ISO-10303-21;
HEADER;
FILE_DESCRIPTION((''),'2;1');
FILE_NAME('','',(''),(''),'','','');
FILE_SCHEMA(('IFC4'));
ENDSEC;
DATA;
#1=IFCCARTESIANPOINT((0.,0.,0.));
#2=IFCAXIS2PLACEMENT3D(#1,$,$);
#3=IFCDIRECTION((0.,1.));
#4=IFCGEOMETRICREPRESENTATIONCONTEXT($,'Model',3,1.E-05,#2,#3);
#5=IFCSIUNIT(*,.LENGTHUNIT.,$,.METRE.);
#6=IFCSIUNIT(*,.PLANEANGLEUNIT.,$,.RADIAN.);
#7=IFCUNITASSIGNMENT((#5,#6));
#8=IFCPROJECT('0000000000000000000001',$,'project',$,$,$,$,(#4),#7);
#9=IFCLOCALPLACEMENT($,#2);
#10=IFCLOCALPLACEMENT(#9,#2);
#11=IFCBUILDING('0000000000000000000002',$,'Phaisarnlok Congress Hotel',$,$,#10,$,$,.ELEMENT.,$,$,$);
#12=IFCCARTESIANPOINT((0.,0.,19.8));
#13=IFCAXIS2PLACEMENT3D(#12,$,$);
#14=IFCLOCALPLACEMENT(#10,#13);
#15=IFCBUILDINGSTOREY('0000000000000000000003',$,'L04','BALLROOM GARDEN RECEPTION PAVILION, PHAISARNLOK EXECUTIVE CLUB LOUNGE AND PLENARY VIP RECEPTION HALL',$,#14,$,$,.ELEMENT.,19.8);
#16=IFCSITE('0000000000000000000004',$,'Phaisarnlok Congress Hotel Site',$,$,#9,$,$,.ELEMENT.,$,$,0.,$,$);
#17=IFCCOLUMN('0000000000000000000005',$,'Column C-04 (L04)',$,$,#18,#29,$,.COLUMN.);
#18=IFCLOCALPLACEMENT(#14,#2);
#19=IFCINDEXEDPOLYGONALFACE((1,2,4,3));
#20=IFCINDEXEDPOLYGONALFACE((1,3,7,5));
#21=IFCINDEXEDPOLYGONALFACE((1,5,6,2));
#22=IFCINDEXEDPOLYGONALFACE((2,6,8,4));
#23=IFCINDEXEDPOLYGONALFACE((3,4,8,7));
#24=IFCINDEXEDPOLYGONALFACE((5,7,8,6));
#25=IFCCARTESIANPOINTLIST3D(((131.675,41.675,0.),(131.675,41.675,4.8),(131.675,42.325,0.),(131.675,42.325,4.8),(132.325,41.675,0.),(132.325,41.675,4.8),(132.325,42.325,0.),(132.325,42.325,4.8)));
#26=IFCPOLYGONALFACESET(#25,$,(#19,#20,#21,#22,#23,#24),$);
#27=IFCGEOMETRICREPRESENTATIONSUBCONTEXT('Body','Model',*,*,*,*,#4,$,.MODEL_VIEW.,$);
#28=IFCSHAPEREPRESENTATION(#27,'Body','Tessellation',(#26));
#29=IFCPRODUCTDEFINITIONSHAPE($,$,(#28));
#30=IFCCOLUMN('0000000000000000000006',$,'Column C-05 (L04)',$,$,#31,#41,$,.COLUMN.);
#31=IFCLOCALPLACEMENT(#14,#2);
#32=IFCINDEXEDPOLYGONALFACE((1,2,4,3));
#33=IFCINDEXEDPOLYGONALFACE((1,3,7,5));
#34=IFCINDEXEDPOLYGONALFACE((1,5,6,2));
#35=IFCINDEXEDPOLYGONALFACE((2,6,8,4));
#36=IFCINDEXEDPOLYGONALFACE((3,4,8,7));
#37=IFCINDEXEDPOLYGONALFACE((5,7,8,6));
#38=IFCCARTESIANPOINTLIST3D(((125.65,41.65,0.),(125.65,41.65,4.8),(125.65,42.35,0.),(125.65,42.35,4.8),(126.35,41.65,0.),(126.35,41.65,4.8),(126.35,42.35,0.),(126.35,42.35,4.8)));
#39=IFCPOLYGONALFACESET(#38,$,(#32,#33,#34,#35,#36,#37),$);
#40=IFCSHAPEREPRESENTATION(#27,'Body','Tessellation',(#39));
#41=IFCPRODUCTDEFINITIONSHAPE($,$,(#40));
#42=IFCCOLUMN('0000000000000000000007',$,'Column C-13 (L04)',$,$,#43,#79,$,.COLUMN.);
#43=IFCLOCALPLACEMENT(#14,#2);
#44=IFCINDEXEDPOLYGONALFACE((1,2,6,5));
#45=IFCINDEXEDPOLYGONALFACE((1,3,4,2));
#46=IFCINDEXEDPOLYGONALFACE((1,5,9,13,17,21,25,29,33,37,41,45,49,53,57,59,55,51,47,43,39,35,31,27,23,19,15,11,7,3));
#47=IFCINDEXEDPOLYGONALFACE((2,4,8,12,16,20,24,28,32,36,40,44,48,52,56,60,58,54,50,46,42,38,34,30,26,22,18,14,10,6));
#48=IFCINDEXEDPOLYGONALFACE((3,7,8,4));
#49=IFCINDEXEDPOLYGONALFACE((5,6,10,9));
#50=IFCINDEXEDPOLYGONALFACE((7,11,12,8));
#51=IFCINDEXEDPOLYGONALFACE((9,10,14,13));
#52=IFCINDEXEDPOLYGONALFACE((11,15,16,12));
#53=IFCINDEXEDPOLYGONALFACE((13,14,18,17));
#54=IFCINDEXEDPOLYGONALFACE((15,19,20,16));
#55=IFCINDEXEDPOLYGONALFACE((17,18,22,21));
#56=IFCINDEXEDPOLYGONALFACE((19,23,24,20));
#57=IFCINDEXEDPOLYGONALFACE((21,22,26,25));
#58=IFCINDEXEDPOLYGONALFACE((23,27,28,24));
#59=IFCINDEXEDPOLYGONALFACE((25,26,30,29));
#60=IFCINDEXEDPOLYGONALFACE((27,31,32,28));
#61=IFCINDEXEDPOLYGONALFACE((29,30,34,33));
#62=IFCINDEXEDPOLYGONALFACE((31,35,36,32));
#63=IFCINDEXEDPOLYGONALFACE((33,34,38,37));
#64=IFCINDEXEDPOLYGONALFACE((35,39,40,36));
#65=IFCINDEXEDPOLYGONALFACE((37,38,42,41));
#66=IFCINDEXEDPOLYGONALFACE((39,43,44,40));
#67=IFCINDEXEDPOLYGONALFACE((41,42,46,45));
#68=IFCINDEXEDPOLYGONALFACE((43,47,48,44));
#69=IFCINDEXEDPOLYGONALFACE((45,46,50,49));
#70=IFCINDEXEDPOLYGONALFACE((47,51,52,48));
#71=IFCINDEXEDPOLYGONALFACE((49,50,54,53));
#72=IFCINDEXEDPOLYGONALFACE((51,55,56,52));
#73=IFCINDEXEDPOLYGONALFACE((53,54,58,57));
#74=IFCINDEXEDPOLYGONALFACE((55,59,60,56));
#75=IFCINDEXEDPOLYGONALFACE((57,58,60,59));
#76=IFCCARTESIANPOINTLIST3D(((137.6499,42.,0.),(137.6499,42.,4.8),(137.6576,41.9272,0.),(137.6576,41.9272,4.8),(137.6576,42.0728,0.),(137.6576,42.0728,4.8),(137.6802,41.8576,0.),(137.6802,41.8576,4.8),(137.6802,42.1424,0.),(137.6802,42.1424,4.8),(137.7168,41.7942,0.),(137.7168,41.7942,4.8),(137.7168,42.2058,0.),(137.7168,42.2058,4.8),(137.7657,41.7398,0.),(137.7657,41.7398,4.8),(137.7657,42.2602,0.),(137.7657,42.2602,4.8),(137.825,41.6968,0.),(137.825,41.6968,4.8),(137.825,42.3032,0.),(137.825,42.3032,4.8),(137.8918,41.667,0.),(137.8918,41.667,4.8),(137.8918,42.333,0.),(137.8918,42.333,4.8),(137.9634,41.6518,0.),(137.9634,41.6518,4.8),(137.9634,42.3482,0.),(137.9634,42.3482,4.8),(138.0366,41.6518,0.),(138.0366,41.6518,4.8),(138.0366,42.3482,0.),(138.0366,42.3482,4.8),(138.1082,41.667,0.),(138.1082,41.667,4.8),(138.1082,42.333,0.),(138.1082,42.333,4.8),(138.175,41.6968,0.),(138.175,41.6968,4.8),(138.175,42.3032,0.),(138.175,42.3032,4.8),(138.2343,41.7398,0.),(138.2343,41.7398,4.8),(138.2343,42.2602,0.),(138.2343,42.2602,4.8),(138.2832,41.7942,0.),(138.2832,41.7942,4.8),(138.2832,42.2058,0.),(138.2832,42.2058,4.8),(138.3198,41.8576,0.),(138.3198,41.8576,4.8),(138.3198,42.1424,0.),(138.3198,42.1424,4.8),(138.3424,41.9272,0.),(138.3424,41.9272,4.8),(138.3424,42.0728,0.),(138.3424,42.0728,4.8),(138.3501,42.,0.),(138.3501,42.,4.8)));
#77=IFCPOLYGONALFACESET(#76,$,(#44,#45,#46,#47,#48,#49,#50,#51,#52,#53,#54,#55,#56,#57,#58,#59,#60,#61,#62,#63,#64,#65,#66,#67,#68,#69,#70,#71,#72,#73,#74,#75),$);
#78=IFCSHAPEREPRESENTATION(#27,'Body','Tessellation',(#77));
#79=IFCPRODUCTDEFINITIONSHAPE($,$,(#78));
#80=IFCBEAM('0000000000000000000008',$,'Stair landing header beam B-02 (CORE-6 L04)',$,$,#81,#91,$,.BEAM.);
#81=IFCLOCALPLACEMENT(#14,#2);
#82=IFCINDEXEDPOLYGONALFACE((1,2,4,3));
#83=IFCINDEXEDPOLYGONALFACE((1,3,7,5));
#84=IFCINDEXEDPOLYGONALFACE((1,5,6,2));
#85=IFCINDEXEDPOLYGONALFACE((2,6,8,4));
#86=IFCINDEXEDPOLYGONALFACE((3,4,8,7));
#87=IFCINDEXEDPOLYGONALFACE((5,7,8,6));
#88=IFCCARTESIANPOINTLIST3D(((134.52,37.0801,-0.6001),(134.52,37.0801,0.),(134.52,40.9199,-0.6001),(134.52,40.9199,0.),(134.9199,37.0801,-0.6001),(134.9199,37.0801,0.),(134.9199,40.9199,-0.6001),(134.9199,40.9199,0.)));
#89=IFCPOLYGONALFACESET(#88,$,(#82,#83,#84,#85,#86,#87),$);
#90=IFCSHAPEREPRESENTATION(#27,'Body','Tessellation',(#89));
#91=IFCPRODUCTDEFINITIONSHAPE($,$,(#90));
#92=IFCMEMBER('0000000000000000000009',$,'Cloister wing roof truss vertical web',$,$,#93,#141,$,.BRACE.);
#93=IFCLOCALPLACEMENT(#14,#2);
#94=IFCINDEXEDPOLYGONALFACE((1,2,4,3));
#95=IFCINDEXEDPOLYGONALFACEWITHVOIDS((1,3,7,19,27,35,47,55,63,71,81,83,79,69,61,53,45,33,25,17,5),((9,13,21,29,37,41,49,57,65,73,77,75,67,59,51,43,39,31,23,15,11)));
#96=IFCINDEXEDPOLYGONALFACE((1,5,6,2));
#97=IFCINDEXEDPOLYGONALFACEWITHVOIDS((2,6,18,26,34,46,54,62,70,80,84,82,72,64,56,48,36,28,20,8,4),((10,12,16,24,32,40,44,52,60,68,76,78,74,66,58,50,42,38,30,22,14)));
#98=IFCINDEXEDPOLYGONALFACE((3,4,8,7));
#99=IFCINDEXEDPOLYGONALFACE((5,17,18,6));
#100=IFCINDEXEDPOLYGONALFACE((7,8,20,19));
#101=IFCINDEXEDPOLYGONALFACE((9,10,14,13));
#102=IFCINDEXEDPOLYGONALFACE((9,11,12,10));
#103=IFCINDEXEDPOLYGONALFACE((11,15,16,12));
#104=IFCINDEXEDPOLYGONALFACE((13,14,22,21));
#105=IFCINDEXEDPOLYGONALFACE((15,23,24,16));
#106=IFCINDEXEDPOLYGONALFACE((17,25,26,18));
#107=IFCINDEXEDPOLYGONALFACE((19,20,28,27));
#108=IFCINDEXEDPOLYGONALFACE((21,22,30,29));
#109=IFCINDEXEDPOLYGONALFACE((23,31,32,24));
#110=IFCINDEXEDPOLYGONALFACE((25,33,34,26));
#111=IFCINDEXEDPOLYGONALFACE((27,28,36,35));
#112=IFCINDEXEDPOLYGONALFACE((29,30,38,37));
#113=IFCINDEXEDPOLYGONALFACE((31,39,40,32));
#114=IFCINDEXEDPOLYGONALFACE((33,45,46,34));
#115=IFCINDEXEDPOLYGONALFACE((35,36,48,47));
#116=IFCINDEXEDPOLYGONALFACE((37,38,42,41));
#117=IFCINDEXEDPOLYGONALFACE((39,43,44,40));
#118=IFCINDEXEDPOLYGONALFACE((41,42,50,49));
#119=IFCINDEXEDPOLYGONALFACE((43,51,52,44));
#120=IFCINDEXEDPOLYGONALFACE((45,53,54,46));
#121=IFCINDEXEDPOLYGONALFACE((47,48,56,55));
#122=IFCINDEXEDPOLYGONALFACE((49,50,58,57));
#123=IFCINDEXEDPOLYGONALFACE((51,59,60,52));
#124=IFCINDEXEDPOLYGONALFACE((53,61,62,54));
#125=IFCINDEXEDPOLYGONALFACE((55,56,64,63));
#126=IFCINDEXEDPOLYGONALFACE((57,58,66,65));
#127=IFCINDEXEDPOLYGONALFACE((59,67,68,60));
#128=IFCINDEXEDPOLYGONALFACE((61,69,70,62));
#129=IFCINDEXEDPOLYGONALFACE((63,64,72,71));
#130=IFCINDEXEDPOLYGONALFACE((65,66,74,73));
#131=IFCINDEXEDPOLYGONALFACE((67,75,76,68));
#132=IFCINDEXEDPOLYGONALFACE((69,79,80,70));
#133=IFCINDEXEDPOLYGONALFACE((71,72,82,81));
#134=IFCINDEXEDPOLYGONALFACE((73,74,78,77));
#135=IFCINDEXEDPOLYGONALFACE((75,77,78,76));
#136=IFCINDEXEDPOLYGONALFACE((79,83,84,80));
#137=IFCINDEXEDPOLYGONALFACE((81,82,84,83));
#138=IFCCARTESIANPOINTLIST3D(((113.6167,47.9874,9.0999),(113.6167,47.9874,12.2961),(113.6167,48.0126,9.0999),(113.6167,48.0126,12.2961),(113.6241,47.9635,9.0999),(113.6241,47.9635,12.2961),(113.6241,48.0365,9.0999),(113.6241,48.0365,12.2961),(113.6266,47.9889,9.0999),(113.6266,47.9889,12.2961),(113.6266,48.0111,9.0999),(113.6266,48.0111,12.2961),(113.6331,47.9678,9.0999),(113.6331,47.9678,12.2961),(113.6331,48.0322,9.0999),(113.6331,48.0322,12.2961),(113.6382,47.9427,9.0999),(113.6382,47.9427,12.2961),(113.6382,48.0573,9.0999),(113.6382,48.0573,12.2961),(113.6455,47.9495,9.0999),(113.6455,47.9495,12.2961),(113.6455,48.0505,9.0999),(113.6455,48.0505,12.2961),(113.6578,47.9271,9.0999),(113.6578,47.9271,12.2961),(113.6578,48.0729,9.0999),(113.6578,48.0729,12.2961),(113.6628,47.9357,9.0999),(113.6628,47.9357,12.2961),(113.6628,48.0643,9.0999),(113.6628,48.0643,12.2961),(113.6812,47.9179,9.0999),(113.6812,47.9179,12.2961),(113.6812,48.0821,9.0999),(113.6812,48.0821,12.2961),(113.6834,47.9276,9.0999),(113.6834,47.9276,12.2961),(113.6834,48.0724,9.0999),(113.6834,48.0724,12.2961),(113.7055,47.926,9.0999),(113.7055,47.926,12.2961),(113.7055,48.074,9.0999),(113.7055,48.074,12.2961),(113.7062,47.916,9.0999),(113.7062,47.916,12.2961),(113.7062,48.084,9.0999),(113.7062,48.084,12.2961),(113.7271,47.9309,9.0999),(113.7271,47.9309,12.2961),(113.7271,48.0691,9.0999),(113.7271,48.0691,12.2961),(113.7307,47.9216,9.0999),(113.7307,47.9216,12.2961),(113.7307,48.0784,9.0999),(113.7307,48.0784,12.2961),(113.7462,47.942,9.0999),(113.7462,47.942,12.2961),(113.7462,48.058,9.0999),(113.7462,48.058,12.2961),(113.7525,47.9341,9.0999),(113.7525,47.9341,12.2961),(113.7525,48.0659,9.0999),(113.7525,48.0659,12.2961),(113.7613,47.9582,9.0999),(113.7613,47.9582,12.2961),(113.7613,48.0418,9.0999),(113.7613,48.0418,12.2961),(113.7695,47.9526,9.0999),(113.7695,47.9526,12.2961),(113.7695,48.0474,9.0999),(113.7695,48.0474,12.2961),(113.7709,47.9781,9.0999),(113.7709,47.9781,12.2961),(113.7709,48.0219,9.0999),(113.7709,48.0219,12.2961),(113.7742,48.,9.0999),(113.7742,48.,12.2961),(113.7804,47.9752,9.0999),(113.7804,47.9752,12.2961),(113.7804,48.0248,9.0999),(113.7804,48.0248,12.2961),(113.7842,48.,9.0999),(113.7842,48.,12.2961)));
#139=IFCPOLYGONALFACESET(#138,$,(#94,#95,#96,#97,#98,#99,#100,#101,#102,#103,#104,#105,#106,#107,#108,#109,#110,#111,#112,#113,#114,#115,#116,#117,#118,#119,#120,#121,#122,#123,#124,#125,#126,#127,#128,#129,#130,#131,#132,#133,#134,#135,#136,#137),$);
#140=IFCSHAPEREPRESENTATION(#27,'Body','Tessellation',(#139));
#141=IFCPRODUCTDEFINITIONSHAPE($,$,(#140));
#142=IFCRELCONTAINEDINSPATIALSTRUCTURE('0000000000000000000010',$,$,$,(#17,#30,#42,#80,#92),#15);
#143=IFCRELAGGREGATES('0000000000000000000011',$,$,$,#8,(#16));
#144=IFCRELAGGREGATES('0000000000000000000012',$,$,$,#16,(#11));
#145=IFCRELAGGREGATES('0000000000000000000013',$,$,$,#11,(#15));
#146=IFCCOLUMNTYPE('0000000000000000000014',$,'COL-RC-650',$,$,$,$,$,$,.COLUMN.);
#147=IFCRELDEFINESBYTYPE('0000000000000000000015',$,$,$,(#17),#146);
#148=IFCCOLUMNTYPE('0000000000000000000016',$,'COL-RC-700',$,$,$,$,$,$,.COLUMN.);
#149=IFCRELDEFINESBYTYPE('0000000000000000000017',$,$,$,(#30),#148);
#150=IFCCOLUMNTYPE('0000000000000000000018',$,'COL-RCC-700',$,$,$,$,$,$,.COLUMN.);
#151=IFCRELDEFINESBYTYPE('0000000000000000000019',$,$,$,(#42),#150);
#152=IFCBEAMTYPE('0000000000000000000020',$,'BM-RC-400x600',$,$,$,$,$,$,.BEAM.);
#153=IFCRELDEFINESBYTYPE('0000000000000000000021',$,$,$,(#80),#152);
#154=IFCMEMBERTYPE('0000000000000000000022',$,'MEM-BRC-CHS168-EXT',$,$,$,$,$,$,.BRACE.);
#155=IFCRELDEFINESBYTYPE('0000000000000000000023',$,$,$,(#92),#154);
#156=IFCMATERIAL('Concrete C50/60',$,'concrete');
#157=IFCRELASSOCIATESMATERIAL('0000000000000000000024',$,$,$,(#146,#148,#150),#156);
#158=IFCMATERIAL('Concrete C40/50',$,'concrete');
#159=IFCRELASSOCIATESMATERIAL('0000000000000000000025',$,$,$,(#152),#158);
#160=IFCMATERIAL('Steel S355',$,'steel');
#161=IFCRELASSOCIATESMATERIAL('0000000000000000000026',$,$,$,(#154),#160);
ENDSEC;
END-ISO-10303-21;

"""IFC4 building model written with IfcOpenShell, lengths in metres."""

from ifc_helpers import new_model, si_unit, direction, frame, origin, origin_2d, place, context, subcontext, project, spatial, rectangle, circle, hollow_circle, extrude, material, material_profile, profile_set, type_object, element, save


model = new_model("IFC4")

# Units and contexts
model_context = context("Model", 3, precision=1e-05, world=origin(), true_north=direction((0.0, 1.0)))
body_context = subcontext(model_context, "Body", "Model", "MODEL_VIEW")
ifc_project = project(units=[si_unit("LENGTHUNIT", "METRE"), si_unit("PLANEANGLEUNIT", "RADIAN")], contexts=[model_context])

# Site, building, storey
site_placement = place(None, origin())
site = spatial("IfcSite", under=ifc_project, at=site_placement, Name="Phaisarnlok Congress Hotel Site", CompositionType="ELEMENT", RefElevation=0.0)
building_placement = place(site_placement, origin())
building = spatial("IfcBuilding", under=site, at=building_placement, Name="Phaisarnlok Congress Hotel", CompositionType="ELEMENT")
storey_placement = place(building_placement, frame((0.0, 0.0, 19.8)))
storey = spatial("IfcBuildingStorey", under=building, at=storey_placement, Name="L04", Description="BALLROOM GARDEN RECEPTION PAVILION, PHAISARNLOK EXECUTIVE CLUB LOUNGE AND PLENARY VIP RECEPTION HALL", CompositionType="ELEMENT", Elevation=19.8)

# Columns
ifc_material_1 = material(Name="Concrete C50/60", Category="concrete")
ifc_material_profile_1 = material_profile(ifc_material_1, rectangle(XDim=0.6499, YDim=0.6499, at=origin_2d()), Name="RC 650x650")
ifc_profile_set_1 = profile_set([ifc_material_profile_1], Name="Concrete C50/60")
column_type_1 = type_object("IfcColumnType", Name="COL-RC-650", PredefinedType="COLUMN", material=ifc_profile_set_1)
column_1_placement = place(storey_placement, frame((132.0, 42.0, 0.0), z_axis=(0.0, 0.0, 1.0), x_axis=(1.0, 0.0, 0.0)))
element("IfcColumn", 1, at=column_1_placement, inside=storey, type_object=column_type_1, Name="Column C-04 (L04)", PredefinedType="COLUMN", context=body_context, shape_type="SweptSolid", body=[
    extrude(rectangle(XDim=0.6499, YDim=0.6499, at=origin_2d()), origin(), (0.0, 0.0, 1.0), 4.8),
])
ifc_material_profile_2 = material_profile(ifc_material_1, rectangle(XDim=0.7, YDim=0.7, at=origin_2d()), Name="RC 700x700")
ifc_profile_set_2 = profile_set([ifc_material_profile_2], Name="Concrete C50/60")
column_type_2 = type_object("IfcColumnType", Name="COL-RC-700", PredefinedType="COLUMN", material=ifc_profile_set_2)
column_2_placement = place(storey_placement, frame((126.0, 42.0, 0.0), z_axis=(0.0, 0.0, 1.0), x_axis=(1.0, 0.0, 0.0)))
element("IfcColumn", 2, at=column_2_placement, inside=storey, type_object=column_type_2, Name="Column C-05 (L04)", PredefinedType="COLUMN", context=body_context, shape_type="SweptSolid", body=[
    extrude(rectangle(XDim=0.7, YDim=0.7, at=origin_2d()), origin(), (0.0, 0.0, 1.0), 4.8),
])
ifc_material_profile_3 = material_profile(ifc_material_1, circle(Radius=0.3501, at=origin_2d()), Name="RCC D700")
ifc_profile_set_3 = profile_set([ifc_material_profile_3], Name="Concrete C50/60")
column_type_3 = type_object("IfcColumnType", Name="COL-RCC-700", PredefinedType="COLUMN", material=ifc_profile_set_3)
column_3_placement = place(storey_placement, frame((138.0, 42.0, 0.0), z_axis=(0.0, 0.0, 1.0), x_axis=(1.0, 0.0, 0.0)))
element("IfcColumn", 3, at=column_3_placement, inside=storey, type_object=column_type_3, Name="Column C-13 (L04)", PredefinedType="COLUMN", context=body_context, shape_type="SweptSolid", body=[
    extrude(circle(Radius=0.3501, at=origin_2d()), origin(), (0.0, 0.0, 1.0), 4.8),
])

# Beam
ifc_material_2 = material(Name="Concrete C40/50", Category="concrete")
ifc_material_profile_4 = material_profile(ifc_material_2, rectangle(XDim=0.3999, YDim=0.6001, at=origin_2d()), Name="RC 400x600")
ifc_profile_set_4 = profile_set([ifc_material_profile_4], Name="Concrete C40/50")
beam_type_1 = type_object("IfcBeamType", Name="BM-RC-400x600", PredefinedType="BEAM", material=ifc_profile_set_4)
beam_1_placement = place(storey_placement, frame((134.72, 37.0801, -0.3), z_axis=(0.0, 1.0, 0.0), x_axis=(-1.0, 0.0, 0.0)))
element("IfcBeam", 4, at=beam_1_placement, inside=storey, type_object=beam_type_1, Name="Stair landing header beam B-02 (CORE-6 L04)", PredefinedType="BEAM", context=body_context, shape_type="SweptSolid", body=[
    extrude(rectangle(XDim=0.3999, YDim=0.6001, at=origin_2d()), origin(), (0.0, 0.0, 1.0), 3.8398),
])

# Member
ifc_material_3 = material(Name="Steel S355", Category="steel")
ifc_material_profile_5 = material_profile(ifc_material_3, hollow_circle(Radius=0.0842, WallThickness=0.01, at=origin_2d()), Name="CHS 168.3x10")
ifc_profile_set_5 = profile_set([ifc_material_profile_5], Name="Steel S355")
member_type_1 = type_object("IfcMemberType", Name="MEM-BRC-CHS168-EXT", PredefinedType="BRACE", material=ifc_profile_set_5)
member_1_placement = place(storey_placement, frame((113.7, 48.0, 9.0999), z_axis=(0.0, 0.0, 1.0), x_axis=(1.0, 0.0, 0.0)))
element("IfcMember", 5, at=member_1_placement, inside=storey, type_object=member_type_1, Name="Cloister wing roof truss vertical web", PredefinedType="BRACE", context=body_context, shape_type="SweptSolid", body=[
    extrude(hollow_circle(Radius=0.0842, WallThickness=0.01, at=origin_2d()), origin(), (0.0, 0.0, 1.0), 3.1963),
])

save(model, "model.ifc")
